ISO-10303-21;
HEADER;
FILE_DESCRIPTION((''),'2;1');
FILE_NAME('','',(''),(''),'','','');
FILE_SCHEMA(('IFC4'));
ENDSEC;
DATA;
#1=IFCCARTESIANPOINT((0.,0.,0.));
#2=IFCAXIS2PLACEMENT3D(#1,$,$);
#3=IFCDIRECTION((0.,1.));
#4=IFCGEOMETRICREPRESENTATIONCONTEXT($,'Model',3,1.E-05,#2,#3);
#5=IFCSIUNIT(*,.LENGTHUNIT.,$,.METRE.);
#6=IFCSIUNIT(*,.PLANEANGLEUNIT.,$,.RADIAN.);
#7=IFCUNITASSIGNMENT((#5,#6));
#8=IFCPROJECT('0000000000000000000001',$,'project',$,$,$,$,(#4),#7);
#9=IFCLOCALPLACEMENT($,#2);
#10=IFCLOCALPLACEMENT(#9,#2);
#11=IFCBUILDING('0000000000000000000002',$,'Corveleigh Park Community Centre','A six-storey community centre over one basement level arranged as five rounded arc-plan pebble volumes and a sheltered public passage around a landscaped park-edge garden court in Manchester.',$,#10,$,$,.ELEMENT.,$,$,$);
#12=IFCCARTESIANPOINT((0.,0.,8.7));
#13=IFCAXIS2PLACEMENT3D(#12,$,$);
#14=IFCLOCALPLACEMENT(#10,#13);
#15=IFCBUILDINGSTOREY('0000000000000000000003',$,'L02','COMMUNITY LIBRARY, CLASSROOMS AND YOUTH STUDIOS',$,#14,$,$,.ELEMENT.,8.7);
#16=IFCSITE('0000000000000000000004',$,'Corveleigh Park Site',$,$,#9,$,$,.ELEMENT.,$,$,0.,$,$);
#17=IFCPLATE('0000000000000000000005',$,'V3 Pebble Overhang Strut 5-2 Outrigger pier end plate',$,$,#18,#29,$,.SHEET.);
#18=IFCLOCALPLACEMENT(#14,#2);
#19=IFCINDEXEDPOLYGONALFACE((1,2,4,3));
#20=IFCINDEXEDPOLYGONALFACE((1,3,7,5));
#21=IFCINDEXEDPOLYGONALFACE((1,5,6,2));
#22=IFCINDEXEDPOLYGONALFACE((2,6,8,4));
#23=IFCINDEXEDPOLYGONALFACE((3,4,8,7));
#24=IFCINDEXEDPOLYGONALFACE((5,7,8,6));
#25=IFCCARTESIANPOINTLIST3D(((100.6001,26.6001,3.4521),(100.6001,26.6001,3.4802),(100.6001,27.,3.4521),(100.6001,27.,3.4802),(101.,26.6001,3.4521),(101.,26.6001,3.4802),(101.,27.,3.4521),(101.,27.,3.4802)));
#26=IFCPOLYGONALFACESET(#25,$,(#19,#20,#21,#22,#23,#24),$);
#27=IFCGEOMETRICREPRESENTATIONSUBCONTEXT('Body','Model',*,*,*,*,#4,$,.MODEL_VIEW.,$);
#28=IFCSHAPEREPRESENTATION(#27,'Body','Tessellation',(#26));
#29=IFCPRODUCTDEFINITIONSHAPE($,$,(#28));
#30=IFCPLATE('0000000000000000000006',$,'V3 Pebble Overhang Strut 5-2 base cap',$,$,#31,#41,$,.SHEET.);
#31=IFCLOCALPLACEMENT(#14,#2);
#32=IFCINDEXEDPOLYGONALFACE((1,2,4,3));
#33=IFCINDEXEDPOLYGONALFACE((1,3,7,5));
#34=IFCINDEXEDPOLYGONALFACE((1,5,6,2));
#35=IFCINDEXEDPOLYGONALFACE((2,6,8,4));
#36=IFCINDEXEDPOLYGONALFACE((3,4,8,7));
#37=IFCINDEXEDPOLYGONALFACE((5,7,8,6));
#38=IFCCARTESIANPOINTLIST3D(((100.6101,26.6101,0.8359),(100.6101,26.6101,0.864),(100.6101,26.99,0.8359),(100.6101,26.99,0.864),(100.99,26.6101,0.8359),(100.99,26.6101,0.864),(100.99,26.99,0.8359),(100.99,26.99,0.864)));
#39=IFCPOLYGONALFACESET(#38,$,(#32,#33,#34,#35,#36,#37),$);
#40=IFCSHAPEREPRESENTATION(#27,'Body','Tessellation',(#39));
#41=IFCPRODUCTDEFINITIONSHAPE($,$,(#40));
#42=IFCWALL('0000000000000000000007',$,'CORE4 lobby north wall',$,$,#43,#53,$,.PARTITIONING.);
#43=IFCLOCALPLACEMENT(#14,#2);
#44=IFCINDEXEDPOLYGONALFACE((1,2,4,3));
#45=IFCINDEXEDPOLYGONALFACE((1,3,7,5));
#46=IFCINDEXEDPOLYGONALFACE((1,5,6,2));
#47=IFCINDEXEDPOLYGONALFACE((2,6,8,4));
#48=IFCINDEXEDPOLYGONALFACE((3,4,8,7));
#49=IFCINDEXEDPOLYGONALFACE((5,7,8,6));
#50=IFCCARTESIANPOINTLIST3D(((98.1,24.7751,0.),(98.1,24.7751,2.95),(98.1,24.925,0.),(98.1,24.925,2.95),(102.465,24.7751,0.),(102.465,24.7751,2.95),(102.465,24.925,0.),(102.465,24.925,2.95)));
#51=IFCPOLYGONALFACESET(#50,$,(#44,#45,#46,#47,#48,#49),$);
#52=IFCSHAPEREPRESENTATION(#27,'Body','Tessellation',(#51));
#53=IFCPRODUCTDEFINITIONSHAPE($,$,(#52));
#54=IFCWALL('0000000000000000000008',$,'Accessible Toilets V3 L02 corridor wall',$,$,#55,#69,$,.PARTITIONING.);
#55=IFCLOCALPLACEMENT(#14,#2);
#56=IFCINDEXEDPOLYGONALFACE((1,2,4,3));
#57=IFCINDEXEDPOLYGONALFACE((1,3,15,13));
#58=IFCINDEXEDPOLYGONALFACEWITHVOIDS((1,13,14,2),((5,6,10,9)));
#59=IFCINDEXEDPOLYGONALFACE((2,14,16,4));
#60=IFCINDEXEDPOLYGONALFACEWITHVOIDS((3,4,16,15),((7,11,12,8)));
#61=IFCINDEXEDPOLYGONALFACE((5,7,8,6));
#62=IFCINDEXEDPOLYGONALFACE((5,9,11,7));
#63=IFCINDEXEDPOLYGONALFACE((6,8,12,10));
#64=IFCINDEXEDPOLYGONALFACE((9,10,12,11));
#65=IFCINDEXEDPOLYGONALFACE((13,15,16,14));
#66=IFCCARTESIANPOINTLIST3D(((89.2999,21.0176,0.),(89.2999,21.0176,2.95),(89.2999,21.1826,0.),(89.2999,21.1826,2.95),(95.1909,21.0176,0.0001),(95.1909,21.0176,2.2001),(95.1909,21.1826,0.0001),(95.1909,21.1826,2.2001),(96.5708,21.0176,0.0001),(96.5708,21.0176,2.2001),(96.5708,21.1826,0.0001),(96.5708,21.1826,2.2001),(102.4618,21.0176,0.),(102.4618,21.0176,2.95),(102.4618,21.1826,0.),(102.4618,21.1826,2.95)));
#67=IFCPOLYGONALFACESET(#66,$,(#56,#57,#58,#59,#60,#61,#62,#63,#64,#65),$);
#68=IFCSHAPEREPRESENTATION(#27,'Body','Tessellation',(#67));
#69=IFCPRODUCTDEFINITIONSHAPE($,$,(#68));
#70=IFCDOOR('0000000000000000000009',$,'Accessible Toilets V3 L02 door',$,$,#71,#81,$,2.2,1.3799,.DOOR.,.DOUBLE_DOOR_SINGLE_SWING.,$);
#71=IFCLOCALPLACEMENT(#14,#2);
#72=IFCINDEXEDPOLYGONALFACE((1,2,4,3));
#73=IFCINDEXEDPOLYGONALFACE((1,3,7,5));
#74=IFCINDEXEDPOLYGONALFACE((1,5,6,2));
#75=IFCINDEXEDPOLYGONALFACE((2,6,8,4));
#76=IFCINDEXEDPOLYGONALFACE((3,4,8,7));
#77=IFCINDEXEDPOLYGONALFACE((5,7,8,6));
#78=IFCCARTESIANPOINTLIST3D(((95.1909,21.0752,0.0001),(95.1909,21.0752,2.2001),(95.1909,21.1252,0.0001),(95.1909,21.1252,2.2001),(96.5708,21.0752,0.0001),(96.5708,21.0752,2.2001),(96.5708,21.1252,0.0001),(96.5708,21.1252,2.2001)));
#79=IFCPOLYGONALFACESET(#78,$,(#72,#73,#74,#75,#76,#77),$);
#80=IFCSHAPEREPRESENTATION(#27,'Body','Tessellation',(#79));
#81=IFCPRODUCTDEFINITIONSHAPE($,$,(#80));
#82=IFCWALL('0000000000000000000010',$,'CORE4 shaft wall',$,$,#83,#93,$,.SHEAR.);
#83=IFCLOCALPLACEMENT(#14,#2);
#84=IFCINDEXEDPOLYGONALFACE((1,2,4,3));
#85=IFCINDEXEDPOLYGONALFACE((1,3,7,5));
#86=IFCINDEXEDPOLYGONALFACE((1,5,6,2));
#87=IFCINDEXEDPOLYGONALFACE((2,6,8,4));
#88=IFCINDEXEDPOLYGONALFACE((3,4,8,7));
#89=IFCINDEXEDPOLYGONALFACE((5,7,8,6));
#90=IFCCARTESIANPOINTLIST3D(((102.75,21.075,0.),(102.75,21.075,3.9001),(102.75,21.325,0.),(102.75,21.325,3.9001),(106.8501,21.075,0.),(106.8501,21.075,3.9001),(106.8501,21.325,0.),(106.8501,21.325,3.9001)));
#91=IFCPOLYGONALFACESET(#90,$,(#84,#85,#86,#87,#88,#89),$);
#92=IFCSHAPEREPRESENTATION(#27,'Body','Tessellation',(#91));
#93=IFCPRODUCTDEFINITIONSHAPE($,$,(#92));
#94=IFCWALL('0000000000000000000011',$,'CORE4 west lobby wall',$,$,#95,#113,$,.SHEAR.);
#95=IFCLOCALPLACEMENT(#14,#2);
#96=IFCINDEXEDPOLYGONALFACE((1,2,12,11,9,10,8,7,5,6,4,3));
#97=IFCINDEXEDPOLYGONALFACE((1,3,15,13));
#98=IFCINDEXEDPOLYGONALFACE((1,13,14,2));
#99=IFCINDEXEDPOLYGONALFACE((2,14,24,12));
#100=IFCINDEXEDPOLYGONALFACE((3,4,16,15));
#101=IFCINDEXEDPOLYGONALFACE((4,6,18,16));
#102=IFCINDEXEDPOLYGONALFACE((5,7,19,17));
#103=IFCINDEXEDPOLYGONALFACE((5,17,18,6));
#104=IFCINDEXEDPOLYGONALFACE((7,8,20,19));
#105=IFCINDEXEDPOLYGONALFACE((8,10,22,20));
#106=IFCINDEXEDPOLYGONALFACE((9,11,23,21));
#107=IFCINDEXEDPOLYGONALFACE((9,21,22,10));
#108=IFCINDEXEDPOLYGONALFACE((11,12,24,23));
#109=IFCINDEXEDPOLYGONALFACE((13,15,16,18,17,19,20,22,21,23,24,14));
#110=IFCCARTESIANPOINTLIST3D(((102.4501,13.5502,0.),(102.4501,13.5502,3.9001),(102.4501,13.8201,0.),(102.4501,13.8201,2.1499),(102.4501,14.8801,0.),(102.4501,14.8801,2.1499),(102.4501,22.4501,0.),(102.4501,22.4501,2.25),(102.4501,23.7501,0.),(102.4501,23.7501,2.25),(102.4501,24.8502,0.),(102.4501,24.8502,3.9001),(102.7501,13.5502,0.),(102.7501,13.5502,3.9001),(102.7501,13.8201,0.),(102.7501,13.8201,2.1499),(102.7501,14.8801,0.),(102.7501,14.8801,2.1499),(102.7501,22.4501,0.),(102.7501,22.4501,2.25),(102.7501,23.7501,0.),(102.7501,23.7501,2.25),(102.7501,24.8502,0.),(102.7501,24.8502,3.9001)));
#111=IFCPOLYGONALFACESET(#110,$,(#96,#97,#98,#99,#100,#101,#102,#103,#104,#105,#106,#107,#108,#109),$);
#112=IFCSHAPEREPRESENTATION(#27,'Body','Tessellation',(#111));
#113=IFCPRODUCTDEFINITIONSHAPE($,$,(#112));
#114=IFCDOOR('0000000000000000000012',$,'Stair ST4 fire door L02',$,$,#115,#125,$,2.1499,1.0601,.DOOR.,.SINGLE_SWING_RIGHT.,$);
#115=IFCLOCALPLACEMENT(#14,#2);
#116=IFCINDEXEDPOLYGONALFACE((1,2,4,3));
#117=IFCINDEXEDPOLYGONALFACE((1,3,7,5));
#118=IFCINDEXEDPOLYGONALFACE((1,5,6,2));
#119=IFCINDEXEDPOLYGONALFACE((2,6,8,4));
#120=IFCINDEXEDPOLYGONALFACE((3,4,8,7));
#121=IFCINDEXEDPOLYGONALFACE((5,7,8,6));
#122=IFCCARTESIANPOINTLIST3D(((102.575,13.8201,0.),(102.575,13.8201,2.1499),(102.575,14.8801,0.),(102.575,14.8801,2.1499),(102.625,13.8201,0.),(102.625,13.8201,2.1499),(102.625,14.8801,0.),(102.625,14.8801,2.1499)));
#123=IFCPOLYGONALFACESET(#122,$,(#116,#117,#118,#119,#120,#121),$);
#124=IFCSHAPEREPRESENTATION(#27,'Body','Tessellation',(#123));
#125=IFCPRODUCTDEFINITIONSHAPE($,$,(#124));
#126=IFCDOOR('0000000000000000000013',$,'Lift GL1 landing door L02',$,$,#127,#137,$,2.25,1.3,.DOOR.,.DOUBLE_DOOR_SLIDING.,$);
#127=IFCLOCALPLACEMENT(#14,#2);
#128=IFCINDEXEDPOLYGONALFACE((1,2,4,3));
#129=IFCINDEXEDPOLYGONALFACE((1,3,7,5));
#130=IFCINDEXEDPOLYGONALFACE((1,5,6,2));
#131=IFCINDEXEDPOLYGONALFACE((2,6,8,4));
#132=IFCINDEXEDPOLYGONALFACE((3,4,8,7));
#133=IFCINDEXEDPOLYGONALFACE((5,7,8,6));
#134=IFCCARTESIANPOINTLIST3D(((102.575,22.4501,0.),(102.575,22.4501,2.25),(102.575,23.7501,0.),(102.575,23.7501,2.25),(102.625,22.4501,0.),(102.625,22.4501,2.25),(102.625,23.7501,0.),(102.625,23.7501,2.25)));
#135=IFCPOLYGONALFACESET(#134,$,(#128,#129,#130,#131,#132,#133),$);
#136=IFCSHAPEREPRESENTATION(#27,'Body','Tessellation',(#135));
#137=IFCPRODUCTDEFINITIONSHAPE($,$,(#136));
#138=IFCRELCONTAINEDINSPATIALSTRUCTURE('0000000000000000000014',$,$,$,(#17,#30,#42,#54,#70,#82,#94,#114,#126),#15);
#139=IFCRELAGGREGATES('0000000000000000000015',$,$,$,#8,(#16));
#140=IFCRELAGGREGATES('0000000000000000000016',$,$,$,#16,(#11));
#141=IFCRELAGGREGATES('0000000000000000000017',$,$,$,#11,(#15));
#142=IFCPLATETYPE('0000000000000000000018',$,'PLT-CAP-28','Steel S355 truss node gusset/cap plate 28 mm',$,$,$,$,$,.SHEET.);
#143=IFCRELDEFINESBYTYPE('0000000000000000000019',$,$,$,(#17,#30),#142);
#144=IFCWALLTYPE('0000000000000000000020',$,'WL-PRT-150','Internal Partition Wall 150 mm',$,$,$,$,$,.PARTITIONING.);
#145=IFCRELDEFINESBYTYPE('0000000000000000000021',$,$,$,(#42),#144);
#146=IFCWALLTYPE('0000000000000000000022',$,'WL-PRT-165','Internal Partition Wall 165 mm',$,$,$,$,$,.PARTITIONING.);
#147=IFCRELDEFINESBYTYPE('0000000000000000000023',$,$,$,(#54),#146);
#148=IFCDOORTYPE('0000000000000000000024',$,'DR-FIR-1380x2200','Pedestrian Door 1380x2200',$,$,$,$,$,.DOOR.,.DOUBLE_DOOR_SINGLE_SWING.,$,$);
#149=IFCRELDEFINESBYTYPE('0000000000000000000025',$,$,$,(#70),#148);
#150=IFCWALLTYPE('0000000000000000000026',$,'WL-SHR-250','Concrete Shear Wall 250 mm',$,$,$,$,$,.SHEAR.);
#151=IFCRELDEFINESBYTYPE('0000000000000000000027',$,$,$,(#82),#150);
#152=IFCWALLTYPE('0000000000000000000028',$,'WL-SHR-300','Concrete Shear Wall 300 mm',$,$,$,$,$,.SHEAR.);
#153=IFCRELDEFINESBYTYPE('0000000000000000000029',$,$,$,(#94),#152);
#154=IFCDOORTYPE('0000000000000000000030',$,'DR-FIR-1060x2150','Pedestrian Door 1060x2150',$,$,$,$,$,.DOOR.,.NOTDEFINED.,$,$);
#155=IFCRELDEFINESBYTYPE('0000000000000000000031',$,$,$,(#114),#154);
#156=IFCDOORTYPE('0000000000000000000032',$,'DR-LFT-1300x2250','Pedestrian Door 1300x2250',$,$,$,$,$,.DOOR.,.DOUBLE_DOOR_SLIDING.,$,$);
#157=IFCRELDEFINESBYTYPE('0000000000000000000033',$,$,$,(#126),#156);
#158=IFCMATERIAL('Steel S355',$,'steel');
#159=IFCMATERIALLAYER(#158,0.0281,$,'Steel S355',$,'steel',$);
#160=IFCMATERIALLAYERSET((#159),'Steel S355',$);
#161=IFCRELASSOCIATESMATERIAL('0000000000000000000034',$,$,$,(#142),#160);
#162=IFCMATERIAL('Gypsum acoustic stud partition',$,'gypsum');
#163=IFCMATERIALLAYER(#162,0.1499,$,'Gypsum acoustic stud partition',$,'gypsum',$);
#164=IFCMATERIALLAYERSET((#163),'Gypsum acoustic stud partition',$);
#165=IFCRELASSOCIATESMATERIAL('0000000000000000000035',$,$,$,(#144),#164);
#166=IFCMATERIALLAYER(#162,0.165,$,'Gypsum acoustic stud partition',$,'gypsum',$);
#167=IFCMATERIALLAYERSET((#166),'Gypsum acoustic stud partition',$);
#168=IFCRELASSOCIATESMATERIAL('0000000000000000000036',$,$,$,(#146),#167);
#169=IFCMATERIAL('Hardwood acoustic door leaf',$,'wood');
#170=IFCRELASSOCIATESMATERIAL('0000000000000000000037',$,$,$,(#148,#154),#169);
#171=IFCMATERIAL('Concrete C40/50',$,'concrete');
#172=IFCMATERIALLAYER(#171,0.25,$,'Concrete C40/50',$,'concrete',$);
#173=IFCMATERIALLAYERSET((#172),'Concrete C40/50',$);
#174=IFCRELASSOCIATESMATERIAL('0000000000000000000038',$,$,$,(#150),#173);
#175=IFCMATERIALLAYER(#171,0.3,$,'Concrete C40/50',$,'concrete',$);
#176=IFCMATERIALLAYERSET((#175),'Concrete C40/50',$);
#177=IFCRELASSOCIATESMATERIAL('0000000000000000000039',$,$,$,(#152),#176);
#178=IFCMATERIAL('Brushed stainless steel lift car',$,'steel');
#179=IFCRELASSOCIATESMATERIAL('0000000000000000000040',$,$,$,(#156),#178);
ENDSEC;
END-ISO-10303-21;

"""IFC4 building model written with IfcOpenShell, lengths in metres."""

from ifc_helpers import new_model, si_unit, direction, frame, frame_2d, origin, origin_2d, place, context, subcontext, project, spatial, rectangle, extrude, material, layer, layer_set, type_object, element, fill, save


model = new_model("IFC4")

# Units and contexts
model_context = context("Model", 3, precision=1e-05, world=origin(), true_north=direction((0.0, 1.0)))
body_context = subcontext(model_context, "Body", "Model", "MODEL_VIEW")
ifc_project = project(units=[si_unit("LENGTHUNIT", "METRE"), si_unit("PLANEANGLEUNIT", "RADIAN")], contexts=[model_context])

# Site, building, storey
site_placement = place(None, origin())
site = spatial("IfcSite", under=ifc_project, at=site_placement, Name="Corveleigh Park Site", CompositionType="ELEMENT", RefElevation=0.0)
building_placement = place(site_placement, origin())
building = spatial("IfcBuilding", under=site, at=building_placement, Name="Corveleigh Park Community Centre", Description="A six-storey community centre over one basement level arranged as five rounded arc-plan pebble volumes and a sheltered public passage around a landscaped park-edge garden court in Manchester.", CompositionType="ELEMENT")
storey_placement = place(building_placement, frame((0.0, 0.0, 8.7)))
storey = spatial("IfcBuildingStorey", under=building, at=storey_placement, Name="L02", Description="COMMUNITY LIBRARY, CLASSROOMS AND YOUTH STUDIOS", CompositionType="ELEMENT", Elevation=8.7)

# Shared definitions
ifc_material_1 = material(Name="Concrete C40/50", Category="concrete")

# Shared definitions
ifc_material_2 = material(Name="Steel S355", Category="steel")

# Plates
ifc_layer_1 = layer(ifc_material_2, 0.0281, Name="Steel S355", Category="steel")
ifc_layer_set_1 = layer_set([ifc_layer_1], Name="Steel S355")
plate_type_1 = type_object("IfcPlateType", Name="PLT-CAP-28", Description="Steel S355 truss node gusset/cap plate 28 mm", PredefinedType="SHEET", material=ifc_layer_set_1)
plate_1_placement = place(storey_placement, frame((100.8, 26.8, 3.4521), z_axis=(0.0, 0.0, 1.0), x_axis=(1.0, 0.0, 0.0)))
element("IfcPlate", 1, at=plate_1_placement, inside=storey, type_object=plate_type_1, Name="V3 Pebble Overhang Strut 5-2 Outrigger pier end plate", PredefinedType="SHEET", context=body_context, shape_type="SweptSolid", body=[
    extrude(rectangle(XDim=0.3999, YDim=0.3999, at=origin_2d()), origin(), (0.0, 0.0, 1.0), 0.0281),
])
plate_2_placement = place(storey_placement, frame((100.8, 26.8, 0.8359), z_axis=(0.0, 0.0, 1.0), x_axis=(1.0, 0.0, 0.0)))
element("IfcPlate", 2, at=plate_2_placement, inside=storey, type_object=plate_type_1, Name="V3 Pebble Overhang Strut 5-2 base cap", PredefinedType="SHEET", context=body_context, shape_type="SweptSolid", body=[
    extrude(rectangle(XDim=0.3799, YDim=0.3799, at=origin_2d()), origin(), (0.0, 0.0, 1.0), 0.0281),
])

# Wall
ifc_material_3 = material(Name="Gypsum acoustic stud partition", Category="gypsum")
ifc_layer_2 = layer(ifc_material_3, 0.1499, Name="Gypsum acoustic stud partition", Category="gypsum")
ifc_layer_set_2 = layer_set([ifc_layer_2], Name="Gypsum acoustic stud partition")
wall_type_1 = type_object("IfcWallType", Name="WL-PRT-150", Description="Internal Partition Wall 150 mm", PredefinedType="PARTITIONING", material=ifc_layer_set_2)
wall_1_placement = place(storey_placement, frame((102.4651, 24.8501, 0.0), z_axis=(0.0, 0.0, 1.0), x_axis=(-1.0, 0.0, 0.0)))
element("IfcWall", 3, at=wall_1_placement, inside=storey, type_object=wall_type_1, Name="CORE4 lobby north wall", PredefinedType="PARTITIONING", context=body_context, shape_type="SweptSolid", body=[
    extrude(rectangle(XDim=4.365, YDim=0.1499, at=frame_2d((2.1826, 0.0))), origin(), (0.0, 0.0, 1.0), 2.95),
])

# Wall, opening, door
ifc_layer_3 = layer(ifc_material_3, 0.165, Name="Gypsum acoustic stud partition", Category="gypsum")
ifc_layer_set_3 = layer_set([ifc_layer_3], Name="Gypsum acoustic stud partition")
wall_type_2 = type_object("IfcWallType", Name="WL-PRT-165", Description="Internal Partition Wall 165 mm", PredefinedType="PARTITIONING", material=ifc_layer_set_3)
wall_2_placement = place(storey_placement, frame((102.4619, 21.1001, 0.0), z_axis=(0.0, 0.0, 1.0), x_axis=(-1.0, 0.0, 0.0)))
wall_2 = element("IfcWall", 4, at=wall_2_placement, inside=storey, type_object=wall_type_2, Name="Accessible Toilets V3 L02 corridor wall", PredefinedType="PARTITIONING", context=body_context, shape_type="SweptSolid", body=[
    extrude(rectangle(XDim=13.1619, YDim=0.165, at=frame_2d((6.5811, 0.0))), origin(), (0.0, 0.0, 1.0), 2.95),
])
opening_1_placement = place(wall_2_placement, frame((5.8911, 0.0, 0.0)))
opening_1 = element("IfcOpeningElement", 5, at=opening_1_placement, cuts=wall_2, PredefinedType="OPENING", context=body_context, shape_type="SweptSolid", body=[
    extrude(rectangle(XDim=1.3799, YDim=2.2, at=frame_2d((0.6899, 1.1001))), frame((0.0, 0.0925, 0.0), z_axis=(0.0, -1.0, 0.0), x_axis=(1.0, 0.0, 0.0)), (0.0, 0.0, 1.0), 0.1851),
])
ifc_material_4 = material(Name="Hardwood acoustic door leaf", Category="wood")
door_type_1 = type_object("IfcDoorType", Name="DR-FIR-1380x2200", Description="Pedestrian Door 1380x2200", OperationType="DOUBLE_DOOR_SINGLE_SWING", PredefinedType="DOOR", material=ifc_material_4)
door_1_placement = place(opening_1_placement, origin())
door_1 = element("IfcDoor", 6, at=door_1_placement, inside=storey, type_object=door_type_1, Name="Accessible Toilets V3 L02 door", OperationType="DOUBLE_DOOR_SINGLE_SWING", OverallHeight=2.2, OverallWidth=1.3799, PredefinedType="DOOR", context=body_context, shape_type="SweptSolid", body=[
    extrude(rectangle(XDim=1.3799, YDim=2.2, at=frame_2d((0.6899, 1.1001))), frame((0.0, 0.0249, 0.0), z_axis=(0.0, -1.0, 0.0), x_axis=(1.0, 0.0, 0.0)), (0.0, 0.0, 1.0), 0.05),
])
fill(opening_1, door_1)

# Wall
ifc_layer_4 = layer(ifc_material_1, 0.25, Name="Concrete C40/50", Category="concrete")
ifc_layer_set_4 = layer_set([ifc_layer_4], Name="Concrete C40/50")
wall_type_3 = type_object("IfcWallType", Name="WL-SHR-250", Description="Concrete Shear Wall 250 mm", PredefinedType="SHEAR", material=ifc_layer_set_4)
wall_3_placement = place(storey_placement, frame((102.75, 21.2, 0.0), z_axis=(0.0, 0.0, 1.0), x_axis=(1.0, 0.0, 0.0)))
element("IfcWall", 7, at=wall_3_placement, inside=storey, type_object=wall_type_3, Name="CORE4 shaft wall", PredefinedType="SHEAR", context=body_context, shape_type="SweptSolid", body=[
    extrude(rectangle(XDim=4.1001, YDim=0.25, at=frame_2d((2.05, 0.0))), origin(), (0.0, 0.0, 1.0), 3.9001),
])

# Wall, openings, doors
ifc_layer_5 = layer(ifc_material_1, 0.3, Name="Concrete C40/50", Category="concrete")
ifc_layer_set_5 = layer_set([ifc_layer_5], Name="Concrete C40/50")
wall_type_4 = type_object("IfcWallType", Name="WL-SHR-300", Description="Concrete Shear Wall 300 mm", PredefinedType="SHEAR", material=ifc_layer_set_5)
wall_4_placement = place(storey_placement, frame((102.6001, 24.8501, 0.0), z_axis=(0.0, 0.0, 1.0), x_axis=(0.0, -1.0, 0.0)))
wall_4 = element("IfcWall", 8, at=wall_4_placement, inside=storey, type_object=wall_type_4, Name="CORE4 west lobby wall", PredefinedType="SHEAR", context=body_context, shape_type="SweptSolid", body=[
    extrude(rectangle(XDim=11.3, YDim=0.3, at=frame_2d((5.6499, 0.0))), origin(), (0.0, 0.0, 1.0), 3.9001),
])
opening_2_placement = place(wall_4_placement, frame((1.1001, 0.0, 0.0)))
opening_2 = element("IfcOpeningElement", 9, at=opening_2_placement, cuts=wall_4, PredefinedType="OPENING", context=body_context, shape_type="SweptSolid", body=[
    extrude(rectangle(XDim=1.3, YDim=2.25, at=frame_2d((0.6499, 1.125))), frame((0.0, 0.1599, 0.0), z_axis=(0.0, -1.0, 0.0), x_axis=(1.0, 0.0, 0.0)), (0.0, 0.0, 1.0), 0.3201),
])
opening_3_placement = place(wall_4_placement, frame((9.97, 0.0, 0.0)))
opening_3 = element("IfcOpeningElement", 10, at=opening_3_placement, cuts=wall_4, PredefinedType="OPENING", context=body_context, shape_type="SweptSolid", body=[
    extrude(rectangle(XDim=1.0601, YDim=2.1499, at=frame_2d((0.53, 1.075))), frame((0.0, 0.1599, 0.0), z_axis=(0.0, -1.0, 0.0), x_axis=(1.0, 0.0, 0.0)), (0.0, 0.0, 1.0), 0.3201),
])
door_type_2 = type_object("IfcDoorType", Name="DR-FIR-1060x2150", Description="Pedestrian Door 1060x2150", OperationType="NOTDEFINED", PredefinedType="DOOR", material=ifc_material_4)
door_2_placement = place(opening_3_placement, origin())
door_2 = element("IfcDoor", 11, at=door_2_placement, inside=storey, type_object=door_type_2, Name="Stair ST4 fire door L02", OperationType="SINGLE_SWING_RIGHT", OverallHeight=2.1499, OverallWidth=1.0601, PredefinedType="DOOR", context=body_context, shape_type="SweptSolid", body=[
    extrude(rectangle(XDim=1.0601, YDim=2.1499, at=frame_2d((0.53, 1.075))), frame((0.0, 0.0249, 0.0), z_axis=(0.0, -1.0, 0.0), x_axis=(1.0, 0.0, 0.0)), (0.0, 0.0, 1.0), 0.05),
])
fill(opening_3, door_2)
ifc_material_5 = material(Name="Brushed stainless steel lift car", Category="steel")
door_type_3 = type_object("IfcDoorType", Name="DR-LFT-1300x2250", Description="Pedestrian Door 1300x2250", OperationType="DOUBLE_DOOR_SLIDING", PredefinedType="DOOR", material=ifc_material_5)
door_3_placement = place(opening_2_placement, origin())
door_3 = element("IfcDoor", 12, at=door_3_placement, inside=storey, type_object=door_type_3, Name="Lift GL1 landing door L02", OperationType="DOUBLE_DOOR_SLIDING", OverallHeight=2.25, OverallWidth=1.3, PredefinedType="DOOR", context=body_context, shape_type="SweptSolid", body=[
    extrude(rectangle(XDim=1.3, YDim=2.25, at=frame_2d((0.6499, 1.125))), frame((0.0, 0.0249, 0.0), z_axis=(0.0, -1.0, 0.0), x_axis=(1.0, 0.0, 0.0)), (0.0, 0.0, 1.0), 0.05),
])
fill(opening_2, door_3)

save(model, "model.ifc")
